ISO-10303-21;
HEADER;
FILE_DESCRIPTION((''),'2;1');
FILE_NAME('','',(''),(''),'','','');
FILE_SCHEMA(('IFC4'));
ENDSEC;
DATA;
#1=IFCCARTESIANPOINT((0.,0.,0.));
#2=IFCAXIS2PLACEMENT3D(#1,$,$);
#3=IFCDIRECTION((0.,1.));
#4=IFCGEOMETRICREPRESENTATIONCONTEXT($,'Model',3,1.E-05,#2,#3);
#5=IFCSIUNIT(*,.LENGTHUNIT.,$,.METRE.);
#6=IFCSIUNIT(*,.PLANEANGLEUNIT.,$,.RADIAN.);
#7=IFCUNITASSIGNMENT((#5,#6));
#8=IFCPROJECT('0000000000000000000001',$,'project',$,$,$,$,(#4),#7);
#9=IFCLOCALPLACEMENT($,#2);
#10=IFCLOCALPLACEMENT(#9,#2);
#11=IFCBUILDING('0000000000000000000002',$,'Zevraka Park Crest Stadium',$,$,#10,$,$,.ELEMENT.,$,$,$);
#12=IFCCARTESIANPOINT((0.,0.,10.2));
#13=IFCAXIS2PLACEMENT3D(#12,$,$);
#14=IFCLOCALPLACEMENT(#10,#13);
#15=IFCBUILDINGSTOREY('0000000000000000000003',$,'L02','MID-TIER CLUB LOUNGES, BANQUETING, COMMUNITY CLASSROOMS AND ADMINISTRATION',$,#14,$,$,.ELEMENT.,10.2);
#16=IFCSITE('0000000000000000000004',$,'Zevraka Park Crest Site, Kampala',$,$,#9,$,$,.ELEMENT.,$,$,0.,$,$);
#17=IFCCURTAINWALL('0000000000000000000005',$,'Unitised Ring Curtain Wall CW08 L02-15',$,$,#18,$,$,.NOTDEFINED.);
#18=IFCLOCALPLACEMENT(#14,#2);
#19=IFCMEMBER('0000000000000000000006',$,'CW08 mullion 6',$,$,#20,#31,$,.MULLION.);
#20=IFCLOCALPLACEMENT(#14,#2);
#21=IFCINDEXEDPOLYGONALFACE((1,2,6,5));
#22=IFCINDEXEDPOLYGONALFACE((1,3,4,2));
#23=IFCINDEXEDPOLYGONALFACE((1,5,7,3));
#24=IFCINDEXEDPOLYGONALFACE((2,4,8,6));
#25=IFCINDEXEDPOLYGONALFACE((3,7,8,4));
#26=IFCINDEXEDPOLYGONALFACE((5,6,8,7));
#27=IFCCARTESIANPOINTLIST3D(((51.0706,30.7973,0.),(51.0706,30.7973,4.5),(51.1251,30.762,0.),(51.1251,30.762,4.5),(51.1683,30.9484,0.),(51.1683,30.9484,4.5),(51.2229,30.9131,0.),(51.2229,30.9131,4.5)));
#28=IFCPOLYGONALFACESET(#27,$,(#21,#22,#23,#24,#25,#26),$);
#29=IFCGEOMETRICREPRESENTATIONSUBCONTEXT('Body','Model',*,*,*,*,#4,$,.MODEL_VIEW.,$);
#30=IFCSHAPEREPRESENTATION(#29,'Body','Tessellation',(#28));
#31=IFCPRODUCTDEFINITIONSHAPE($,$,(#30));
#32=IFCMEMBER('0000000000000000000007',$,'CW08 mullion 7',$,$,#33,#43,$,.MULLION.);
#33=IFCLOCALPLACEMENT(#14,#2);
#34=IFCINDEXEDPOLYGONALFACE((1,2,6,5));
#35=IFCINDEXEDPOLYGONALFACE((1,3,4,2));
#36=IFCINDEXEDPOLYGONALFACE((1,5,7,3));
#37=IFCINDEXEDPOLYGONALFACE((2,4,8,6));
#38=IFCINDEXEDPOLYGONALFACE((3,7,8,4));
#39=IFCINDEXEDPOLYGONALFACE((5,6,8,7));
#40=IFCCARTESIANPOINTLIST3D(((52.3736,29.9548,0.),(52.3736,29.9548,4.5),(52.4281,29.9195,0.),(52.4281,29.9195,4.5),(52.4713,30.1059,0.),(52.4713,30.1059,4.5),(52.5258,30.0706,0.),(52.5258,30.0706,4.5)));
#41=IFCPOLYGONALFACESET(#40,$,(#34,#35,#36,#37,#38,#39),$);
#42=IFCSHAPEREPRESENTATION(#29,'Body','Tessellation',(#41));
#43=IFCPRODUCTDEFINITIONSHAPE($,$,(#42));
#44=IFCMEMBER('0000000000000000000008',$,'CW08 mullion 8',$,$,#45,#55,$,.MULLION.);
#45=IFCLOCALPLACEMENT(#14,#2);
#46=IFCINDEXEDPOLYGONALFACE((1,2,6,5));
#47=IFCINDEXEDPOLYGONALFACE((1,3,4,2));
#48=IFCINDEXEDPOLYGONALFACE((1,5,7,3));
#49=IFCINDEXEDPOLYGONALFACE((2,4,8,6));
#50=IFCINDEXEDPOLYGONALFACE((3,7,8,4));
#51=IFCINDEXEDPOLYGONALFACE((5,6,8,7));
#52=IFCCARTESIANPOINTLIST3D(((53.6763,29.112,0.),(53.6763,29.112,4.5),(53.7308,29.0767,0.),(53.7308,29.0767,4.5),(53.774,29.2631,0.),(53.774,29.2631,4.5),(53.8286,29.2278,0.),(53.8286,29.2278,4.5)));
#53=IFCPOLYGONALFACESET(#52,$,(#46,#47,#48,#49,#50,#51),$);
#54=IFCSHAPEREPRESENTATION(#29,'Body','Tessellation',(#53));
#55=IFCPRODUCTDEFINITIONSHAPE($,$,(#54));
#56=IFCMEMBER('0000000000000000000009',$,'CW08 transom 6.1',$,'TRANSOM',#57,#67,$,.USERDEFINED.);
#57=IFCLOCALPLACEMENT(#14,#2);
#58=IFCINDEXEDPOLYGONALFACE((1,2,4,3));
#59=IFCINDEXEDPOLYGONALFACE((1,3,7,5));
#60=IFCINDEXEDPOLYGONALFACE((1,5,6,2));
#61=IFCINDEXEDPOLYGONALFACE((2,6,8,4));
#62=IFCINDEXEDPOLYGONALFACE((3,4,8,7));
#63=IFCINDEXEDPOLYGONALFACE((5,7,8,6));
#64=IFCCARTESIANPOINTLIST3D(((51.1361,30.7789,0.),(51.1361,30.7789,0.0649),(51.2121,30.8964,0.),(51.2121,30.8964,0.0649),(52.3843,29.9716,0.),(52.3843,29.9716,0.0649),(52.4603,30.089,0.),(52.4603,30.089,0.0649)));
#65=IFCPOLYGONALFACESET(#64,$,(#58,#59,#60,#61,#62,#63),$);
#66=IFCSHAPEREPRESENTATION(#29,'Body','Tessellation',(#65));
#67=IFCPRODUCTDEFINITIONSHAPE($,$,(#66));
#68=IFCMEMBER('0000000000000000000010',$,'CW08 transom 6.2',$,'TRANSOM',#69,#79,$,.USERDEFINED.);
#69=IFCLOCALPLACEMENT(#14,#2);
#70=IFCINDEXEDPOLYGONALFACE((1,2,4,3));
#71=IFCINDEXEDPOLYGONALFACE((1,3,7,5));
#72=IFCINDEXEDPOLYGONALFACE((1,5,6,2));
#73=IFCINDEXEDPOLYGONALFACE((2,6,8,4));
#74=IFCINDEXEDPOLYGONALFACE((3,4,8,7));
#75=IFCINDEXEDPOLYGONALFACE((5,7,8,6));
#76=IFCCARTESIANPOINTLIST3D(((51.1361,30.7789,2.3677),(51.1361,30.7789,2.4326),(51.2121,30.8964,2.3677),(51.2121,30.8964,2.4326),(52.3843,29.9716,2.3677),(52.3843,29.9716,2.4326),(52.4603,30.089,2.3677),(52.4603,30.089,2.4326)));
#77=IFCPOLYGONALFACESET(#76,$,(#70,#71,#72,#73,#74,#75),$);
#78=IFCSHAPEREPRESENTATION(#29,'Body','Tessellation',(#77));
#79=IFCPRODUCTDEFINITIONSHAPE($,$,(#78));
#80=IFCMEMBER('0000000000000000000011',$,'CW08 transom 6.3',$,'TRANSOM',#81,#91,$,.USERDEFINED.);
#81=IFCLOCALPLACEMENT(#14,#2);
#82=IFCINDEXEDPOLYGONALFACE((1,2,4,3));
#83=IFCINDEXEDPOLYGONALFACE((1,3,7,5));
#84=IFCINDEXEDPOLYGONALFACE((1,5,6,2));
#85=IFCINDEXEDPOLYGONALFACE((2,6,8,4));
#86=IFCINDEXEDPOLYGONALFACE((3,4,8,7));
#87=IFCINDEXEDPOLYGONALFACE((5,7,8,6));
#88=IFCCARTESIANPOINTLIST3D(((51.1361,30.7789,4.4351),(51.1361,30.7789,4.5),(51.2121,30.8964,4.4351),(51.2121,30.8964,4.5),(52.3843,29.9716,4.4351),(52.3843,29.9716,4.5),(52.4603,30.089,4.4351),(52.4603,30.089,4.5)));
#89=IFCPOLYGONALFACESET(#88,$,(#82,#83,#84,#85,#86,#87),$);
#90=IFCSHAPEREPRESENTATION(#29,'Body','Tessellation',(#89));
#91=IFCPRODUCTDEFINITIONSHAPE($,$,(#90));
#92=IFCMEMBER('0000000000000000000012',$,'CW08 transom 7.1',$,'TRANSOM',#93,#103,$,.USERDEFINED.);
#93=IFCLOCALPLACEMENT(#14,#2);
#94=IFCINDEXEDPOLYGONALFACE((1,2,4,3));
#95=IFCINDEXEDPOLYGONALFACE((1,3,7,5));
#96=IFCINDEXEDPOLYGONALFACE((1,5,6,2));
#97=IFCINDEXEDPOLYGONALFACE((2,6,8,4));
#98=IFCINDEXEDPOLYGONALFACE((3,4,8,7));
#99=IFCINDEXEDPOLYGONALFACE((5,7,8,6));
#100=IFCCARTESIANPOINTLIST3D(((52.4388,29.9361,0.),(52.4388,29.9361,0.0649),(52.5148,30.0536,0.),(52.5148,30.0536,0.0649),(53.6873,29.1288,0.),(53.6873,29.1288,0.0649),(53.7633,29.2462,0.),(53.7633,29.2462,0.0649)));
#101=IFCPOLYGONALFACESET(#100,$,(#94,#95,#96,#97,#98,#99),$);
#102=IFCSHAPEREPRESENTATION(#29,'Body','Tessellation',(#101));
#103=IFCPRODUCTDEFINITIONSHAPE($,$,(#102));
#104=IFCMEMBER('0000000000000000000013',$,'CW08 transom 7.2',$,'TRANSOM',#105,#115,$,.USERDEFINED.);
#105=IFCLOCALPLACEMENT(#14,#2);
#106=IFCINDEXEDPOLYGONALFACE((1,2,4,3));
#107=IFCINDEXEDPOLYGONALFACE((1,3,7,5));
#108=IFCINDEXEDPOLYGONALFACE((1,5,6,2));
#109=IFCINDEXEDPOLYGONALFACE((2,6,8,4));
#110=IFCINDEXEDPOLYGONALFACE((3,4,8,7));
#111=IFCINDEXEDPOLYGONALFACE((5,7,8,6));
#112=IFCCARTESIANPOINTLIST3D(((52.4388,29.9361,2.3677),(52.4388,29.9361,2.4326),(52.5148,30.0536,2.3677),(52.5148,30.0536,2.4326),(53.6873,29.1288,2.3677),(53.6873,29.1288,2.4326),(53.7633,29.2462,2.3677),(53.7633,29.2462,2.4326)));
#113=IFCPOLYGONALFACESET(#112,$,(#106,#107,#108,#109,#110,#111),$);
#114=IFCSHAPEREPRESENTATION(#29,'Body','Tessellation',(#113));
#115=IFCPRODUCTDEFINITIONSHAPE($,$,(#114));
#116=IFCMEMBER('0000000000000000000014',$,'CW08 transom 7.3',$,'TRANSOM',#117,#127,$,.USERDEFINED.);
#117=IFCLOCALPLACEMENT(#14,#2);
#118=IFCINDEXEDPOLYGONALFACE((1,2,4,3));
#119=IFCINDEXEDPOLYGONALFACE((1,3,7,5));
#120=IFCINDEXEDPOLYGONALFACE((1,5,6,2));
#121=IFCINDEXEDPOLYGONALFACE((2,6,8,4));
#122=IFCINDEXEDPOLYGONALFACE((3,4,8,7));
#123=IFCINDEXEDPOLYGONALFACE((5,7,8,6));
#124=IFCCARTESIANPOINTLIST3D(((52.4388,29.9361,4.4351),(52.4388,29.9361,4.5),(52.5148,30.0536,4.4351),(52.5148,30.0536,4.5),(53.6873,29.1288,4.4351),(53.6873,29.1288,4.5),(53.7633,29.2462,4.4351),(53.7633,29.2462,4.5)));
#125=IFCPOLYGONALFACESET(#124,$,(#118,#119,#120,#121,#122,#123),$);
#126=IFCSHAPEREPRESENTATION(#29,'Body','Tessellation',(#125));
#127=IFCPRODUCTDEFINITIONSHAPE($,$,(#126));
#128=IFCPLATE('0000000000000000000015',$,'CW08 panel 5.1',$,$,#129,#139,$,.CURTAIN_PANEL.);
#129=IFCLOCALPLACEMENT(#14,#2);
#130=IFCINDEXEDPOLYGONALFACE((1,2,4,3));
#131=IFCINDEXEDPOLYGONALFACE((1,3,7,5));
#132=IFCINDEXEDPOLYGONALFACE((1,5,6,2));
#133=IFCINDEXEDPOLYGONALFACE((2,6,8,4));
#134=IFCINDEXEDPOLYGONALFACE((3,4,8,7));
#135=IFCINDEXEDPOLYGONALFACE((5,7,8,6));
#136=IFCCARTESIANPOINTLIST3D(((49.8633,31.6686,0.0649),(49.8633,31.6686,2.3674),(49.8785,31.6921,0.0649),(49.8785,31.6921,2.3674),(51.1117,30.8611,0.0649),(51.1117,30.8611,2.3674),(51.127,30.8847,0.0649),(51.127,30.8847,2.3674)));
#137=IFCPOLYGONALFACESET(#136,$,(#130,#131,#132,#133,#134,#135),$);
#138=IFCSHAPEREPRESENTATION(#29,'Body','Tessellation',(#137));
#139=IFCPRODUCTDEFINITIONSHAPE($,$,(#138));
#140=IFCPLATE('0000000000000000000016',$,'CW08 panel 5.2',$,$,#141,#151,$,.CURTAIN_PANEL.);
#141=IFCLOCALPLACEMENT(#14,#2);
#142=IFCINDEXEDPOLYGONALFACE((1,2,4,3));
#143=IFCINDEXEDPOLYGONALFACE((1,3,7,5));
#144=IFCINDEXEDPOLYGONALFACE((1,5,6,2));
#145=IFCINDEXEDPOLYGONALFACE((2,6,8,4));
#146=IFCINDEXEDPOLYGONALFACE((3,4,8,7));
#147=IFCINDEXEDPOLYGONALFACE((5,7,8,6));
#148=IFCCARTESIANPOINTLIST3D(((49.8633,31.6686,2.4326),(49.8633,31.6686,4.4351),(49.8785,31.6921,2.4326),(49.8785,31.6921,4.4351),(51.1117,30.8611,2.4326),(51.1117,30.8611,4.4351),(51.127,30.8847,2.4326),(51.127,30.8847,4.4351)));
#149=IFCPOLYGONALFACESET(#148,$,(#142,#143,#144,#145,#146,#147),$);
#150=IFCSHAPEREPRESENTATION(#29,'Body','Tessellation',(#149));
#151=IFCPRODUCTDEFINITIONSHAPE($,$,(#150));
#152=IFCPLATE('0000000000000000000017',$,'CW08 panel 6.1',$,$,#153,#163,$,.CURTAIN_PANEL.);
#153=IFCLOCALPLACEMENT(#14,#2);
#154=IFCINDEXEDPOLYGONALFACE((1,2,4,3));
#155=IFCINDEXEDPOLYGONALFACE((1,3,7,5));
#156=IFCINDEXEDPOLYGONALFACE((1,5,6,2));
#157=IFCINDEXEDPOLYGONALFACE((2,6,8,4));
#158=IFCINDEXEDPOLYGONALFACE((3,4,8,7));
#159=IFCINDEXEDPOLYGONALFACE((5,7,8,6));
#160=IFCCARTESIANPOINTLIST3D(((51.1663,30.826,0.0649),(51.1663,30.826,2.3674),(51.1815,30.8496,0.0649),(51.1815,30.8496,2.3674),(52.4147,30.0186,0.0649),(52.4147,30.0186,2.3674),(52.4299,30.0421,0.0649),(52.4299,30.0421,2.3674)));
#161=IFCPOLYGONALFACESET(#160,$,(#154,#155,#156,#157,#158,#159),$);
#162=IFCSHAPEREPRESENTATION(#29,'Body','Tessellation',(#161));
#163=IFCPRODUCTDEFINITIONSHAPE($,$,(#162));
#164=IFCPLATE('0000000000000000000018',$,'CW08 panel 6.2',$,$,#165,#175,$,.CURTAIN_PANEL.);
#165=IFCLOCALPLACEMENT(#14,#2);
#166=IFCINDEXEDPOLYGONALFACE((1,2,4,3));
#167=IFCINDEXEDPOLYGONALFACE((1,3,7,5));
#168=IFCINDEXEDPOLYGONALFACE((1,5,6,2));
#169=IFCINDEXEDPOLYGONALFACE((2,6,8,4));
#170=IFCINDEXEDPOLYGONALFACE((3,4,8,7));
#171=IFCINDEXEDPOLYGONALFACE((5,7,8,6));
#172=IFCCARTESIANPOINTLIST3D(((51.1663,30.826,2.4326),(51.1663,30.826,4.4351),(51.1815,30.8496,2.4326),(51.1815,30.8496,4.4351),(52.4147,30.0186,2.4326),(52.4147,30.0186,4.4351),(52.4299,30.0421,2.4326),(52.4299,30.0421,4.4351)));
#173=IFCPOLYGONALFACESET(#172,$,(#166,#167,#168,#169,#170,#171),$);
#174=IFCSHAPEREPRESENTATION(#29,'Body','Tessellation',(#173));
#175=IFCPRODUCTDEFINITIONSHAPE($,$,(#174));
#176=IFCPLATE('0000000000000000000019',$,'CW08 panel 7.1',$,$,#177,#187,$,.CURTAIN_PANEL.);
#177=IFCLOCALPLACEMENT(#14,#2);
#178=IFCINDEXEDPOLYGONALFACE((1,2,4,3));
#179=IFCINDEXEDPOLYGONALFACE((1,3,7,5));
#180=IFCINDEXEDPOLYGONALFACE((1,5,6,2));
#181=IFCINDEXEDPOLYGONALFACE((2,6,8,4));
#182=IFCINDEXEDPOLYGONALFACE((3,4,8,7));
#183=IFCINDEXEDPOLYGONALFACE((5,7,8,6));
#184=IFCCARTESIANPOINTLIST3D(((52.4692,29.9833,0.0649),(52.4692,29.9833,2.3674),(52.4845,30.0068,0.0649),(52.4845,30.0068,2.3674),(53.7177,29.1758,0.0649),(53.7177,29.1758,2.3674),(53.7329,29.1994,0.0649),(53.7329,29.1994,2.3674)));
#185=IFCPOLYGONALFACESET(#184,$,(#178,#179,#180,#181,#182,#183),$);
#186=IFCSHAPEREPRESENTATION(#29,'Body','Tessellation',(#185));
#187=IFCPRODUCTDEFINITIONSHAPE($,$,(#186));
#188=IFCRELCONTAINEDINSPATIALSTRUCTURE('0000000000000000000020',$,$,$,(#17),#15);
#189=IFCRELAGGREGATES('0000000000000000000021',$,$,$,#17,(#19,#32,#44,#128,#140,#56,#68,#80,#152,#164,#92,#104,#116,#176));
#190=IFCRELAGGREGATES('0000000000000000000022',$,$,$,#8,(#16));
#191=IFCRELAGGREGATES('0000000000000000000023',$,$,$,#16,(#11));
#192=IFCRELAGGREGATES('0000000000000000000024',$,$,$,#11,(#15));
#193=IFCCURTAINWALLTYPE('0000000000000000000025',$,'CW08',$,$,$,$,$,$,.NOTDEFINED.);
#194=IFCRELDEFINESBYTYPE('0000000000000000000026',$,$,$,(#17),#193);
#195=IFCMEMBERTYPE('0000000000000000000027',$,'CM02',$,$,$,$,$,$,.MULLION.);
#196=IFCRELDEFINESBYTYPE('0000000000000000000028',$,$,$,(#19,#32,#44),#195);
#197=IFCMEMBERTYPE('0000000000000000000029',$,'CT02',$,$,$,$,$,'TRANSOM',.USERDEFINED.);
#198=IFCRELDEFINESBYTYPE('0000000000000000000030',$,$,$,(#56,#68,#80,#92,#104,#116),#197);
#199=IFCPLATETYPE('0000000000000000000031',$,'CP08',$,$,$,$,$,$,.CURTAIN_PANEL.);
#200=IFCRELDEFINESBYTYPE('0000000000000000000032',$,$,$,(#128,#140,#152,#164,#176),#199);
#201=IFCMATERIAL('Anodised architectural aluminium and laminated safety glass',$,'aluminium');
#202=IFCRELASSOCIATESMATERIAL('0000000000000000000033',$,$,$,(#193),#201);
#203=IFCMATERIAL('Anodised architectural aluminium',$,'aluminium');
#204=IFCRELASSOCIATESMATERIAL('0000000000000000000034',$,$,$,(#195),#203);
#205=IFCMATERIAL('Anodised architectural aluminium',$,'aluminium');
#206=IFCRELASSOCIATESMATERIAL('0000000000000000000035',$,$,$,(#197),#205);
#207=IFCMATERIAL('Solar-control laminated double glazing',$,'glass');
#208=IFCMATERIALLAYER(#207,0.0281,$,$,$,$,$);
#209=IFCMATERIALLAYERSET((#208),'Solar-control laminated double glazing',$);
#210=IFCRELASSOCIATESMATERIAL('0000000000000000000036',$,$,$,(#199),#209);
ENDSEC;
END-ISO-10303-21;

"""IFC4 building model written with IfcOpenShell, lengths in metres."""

from ifc_helpers import new_model, si_unit, direction, frame, origin, origin_2d, place, context, subcontext, project, spatial, rectangle, extrude, material, layer, layer_set, material_profile, profile_set, type_object, element, aggregate, save


model = new_model("IFC4")

# Units and contexts
model_context = context("Model", 3, precision=1e-05, world=origin(), true_north=direction((0.0, 1.0)))
body_context = subcontext(model_context, "Body", "Model", "MODEL_VIEW")
ifc_project = project(units=[si_unit("LENGTHUNIT", "METRE"), si_unit("PLANEANGLEUNIT", "RADIAN")], contexts=[model_context])

# Site, building, storey
site_placement = place(None, origin())
site = spatial("IfcSite", under=ifc_project, at=site_placement, Name="Zevraka Park Crest Site, Kampala", CompositionType="ELEMENT", RefElevation=0.0)
building_placement = place(site_placement, origin())
building = spatial("IfcBuilding", under=site, at=building_placement, Name="Zevraka Park Crest Stadium", CompositionType="ELEMENT")
storey_placement = place(building_placement, frame((0.0, 0.0, 10.2)))
storey = spatial("IfcBuildingStorey", under=building, at=storey_placement, Name="L02", Description="MID-TIER CLUB LOUNGES, BANQUETING, COMMUNITY CLASSROOMS AND ADMINISTRATION", CompositionType="ELEMENT", Elevation=10.2)

# Curtain wall, members, plates
ifc_material_1 = material(Name="Anodised architectural aluminium and laminated safety glass", Category="aluminium")
curtain_wall_type = type_object("IfcCurtainWallType", Name="CW08", PredefinedType="NOTDEFINED", material=ifc_material_1)
curtain_wall_placement = place(storey_placement, origin())
curtain_wall = element("IfcCurtainWall", 1, at=curtain_wall_placement, inside=storey, type_object=curtain_wall_type, Name="Unitised Ring Curtain Wall CW08 L02-15", PredefinedType="NOTDEFINED")
ifc_material_2 = material(Name="Anodised architectural aluminium", Category="aluminium")
ifc_material_profile_1 = material_profile(ifc_material_2, rectangle(XDim=0.1799, YDim=0.0649, at=origin_2d()), Name="ALU MULLION 180x65")
ifc_profile_set_1 = profile_set([ifc_material_profile_1], Name="Anodised architectural aluminium")
member_type_1 = type_object("IfcMemberType", Name="CM02", PredefinedType="MULLION", material=ifc_profile_set_1)
member_1_placement = place(storey_placement, frame((51.1467, 30.8552, 0.0), z_axis=(0.0, 0.0, 1.0), x_axis=(0.543096, 0.83967, 0.0)))
member_1 = element("IfcMember", 2, at=member_1_placement, type_object=member_type_1, Name="CW08 mullion 6", PredefinedType="MULLION", context=body_context, shape_type="SweptSolid", body=[
    extrude(rectangle(XDim=0.1799, YDim=0.0649, at=origin_2d()), origin(), (0.0, 0.0, 1.0), 4.5),
])
member_2_placement = place(storey_placement, frame((52.4497, 30.0127, 0.0), z_axis=(0.0, 0.0, 1.0), x_axis=(0.543096, 0.83967, 0.0)))
member_2 = element("IfcMember", 3, at=member_2_placement, type_object=member_type_1, Name="CW08 mullion 7", PredefinedType="MULLION", context=body_context, shape_type="SweptSolid", body=[
    extrude(rectangle(XDim=0.1799, YDim=0.0649, at=origin_2d()), origin(), (0.0, 0.0, 1.0), 4.5),
])
member_3_placement = place(storey_placement, frame((53.7524, 29.1699, 0.0), z_axis=(0.0, 0.0, 1.0), x_axis=(0.543096, 0.83967, 0.0)))
member_3 = element("IfcMember", 4, at=member_3_placement, type_object=member_type_1, Name="CW08 mullion 8", PredefinedType="MULLION", context=body_context, shape_type="SweptSolid", body=[
    extrude(rectangle(XDim=0.1799, YDim=0.0649, at=origin_2d()), origin(), (0.0, 0.0, 1.0), 4.5),
])
ifc_material_3 = material(Name="Anodised architectural aluminium", Category="aluminium")
ifc_material_profile_2 = material_profile(ifc_material_3, rectangle(XDim=0.1399, YDim=0.0649, at=origin_2d()), Name="ALU TRANSOM 140x65")
ifc_profile_set_2 = profile_set([ifc_material_profile_2], Name="Anodised architectural aluminium")
member_type_2 = type_object("IfcMemberType", Name="CT02", ElementType="TRANSOM", PredefinedType="USERDEFINED", material=ifc_profile_set_2)
member_4_placement = place(storey_placement, frame((51.1741, 30.8376, 0.0325), z_axis=(0.839676, -0.543088, 0.0), x_axis=(0.543088, 0.839676, 0.0)))
member_4 = element("IfcMember", 5, at=member_4_placement, type_object=member_type_2, Name="CW08 transom 6.1", ObjectType="TRANSOM", PredefinedType="USERDEFINED", context=body_context, shape_type="SweptSolid", body=[
    extrude(rectangle(XDim=0.1399, YDim=0.0649, at=origin_2d()), origin(), (0.0, 0.0, 1.0), 1.4866),
])
member_5_placement = place(storey_placement, frame((51.1741, 30.8376, 2.4001), z_axis=(0.839676, -0.543088, 0.0), x_axis=(0.543088, 0.839676, 0.0)))
member_5 = element("IfcMember", 6, at=member_5_placement, type_object=member_type_2, Name="CW08 transom 6.2", ObjectType="TRANSOM", PredefinedType="USERDEFINED", context=body_context, shape_type="SweptSolid", body=[
    extrude(rectangle(XDim=0.1399, YDim=0.0649, at=origin_2d()), origin(), (0.0, 0.0, 1.0), 1.4866),
])
member_6_placement = place(storey_placement, frame((51.1741, 30.8376, 4.4675), z_axis=(0.839676, -0.543088, 0.0), x_axis=(0.543088, 0.839676, 0.0)))
member_6 = element("IfcMember", 7, at=member_6_placement, type_object=member_type_2, Name="CW08 transom 6.3", ObjectType="TRANSOM", PredefinedType="USERDEFINED", context=body_context, shape_type="SweptSolid", body=[
    extrude(rectangle(XDim=0.1399, YDim=0.0649, at=origin_2d()), origin(), (0.0, 0.0, 1.0), 1.4866),
])
member_7_placement = place(storey_placement, frame((52.4768, 29.9949, 0.0325), z_axis=(0.839724, -0.543013, 0.0), x_axis=(0.543013, 0.839724, 0.0)))
member_7 = element("IfcMember", 8, at=member_7_placement, type_object=member_type_2, Name="CW08 transom 7.1", ObjectType="TRANSOM", PredefinedType="USERDEFINED", context=body_context, shape_type="SweptSolid", body=[
    extrude(rectangle(XDim=0.1399, YDim=0.0649, at=origin_2d()), origin(), (0.0, 0.0, 1.0), 1.4868),
])
member_8_placement = place(storey_placement, frame((52.4768, 29.9949, 2.4001), z_axis=(0.839724, -0.543013, 0.0), x_axis=(0.543013, 0.839724, 0.0)))
member_8 = element("IfcMember", 9, at=member_8_placement, type_object=member_type_2, Name="CW08 transom 7.2", ObjectType="TRANSOM", PredefinedType="USERDEFINED", context=body_context, shape_type="SweptSolid", body=[
    extrude(rectangle(XDim=0.1399, YDim=0.0649, at=origin_2d()), origin(), (0.0, 0.0, 1.0), 1.4868),
])
member_9_placement = place(storey_placement, frame((52.4768, 29.9949, 4.4675), z_axis=(0.839724, -0.543013, 0.0), x_axis=(0.543013, 0.839724, 0.0)))
member_9 = element("IfcMember", 10, at=member_9_placement, type_object=member_type_2, Name="CW08 transom 7.3", ObjectType="TRANSOM", PredefinedType="USERDEFINED", context=body_context, shape_type="SweptSolid", body=[
    extrude(rectangle(XDim=0.1399, YDim=0.0649, at=origin_2d()), origin(), (0.0, 0.0, 1.0), 1.4868),
])
ifc_material_4 = material(Name="Solar-control laminated double glazing", Category="glass")
ifc_layer_1 = layer(ifc_material_4, 0.0281)
ifc_layer_set_1 = layer_set([ifc_layer_1], Name="Solar-control laminated double glazing")
plate_type = type_object("IfcPlateType", Name="CP08", PredefinedType="CURTAIN_PANEL", material=ifc_layer_set_1)
plate_1_placement = place(storey_placement, frame((50.4951, 31.2766, 0.0649), z_axis=(0.0, 0.0, 1.0), x_axis=(0.83967, -0.543096, 0.0)))
plate_1 = element("IfcPlate", 11, at=plate_1_placement, type_object=plate_type, Name="CW08 panel 5.1", PredefinedType="CURTAIN_PANEL", context=body_context, shape_type="SweptSolid", body=[
    extrude(rectangle(XDim=1.4868, YDim=0.0281, at=origin_2d()), origin(), (0.0, 0.0, 1.0), 2.3025),
])
plate_2_placement = place(storey_placement, frame((50.4951, 31.2766, 2.4326), z_axis=(0.0, 0.0, 1.0), x_axis=(0.83967, -0.543096, 0.0)))
plate_2 = element("IfcPlate", 12, at=plate_2_placement, type_object=plate_type, Name="CW08 panel 5.2", PredefinedType="CURTAIN_PANEL", context=body_context, shape_type="SweptSolid", body=[
    extrude(rectangle(XDim=1.4868, YDim=0.0281, at=origin_2d()), origin(), (0.0, 0.0, 1.0), 2.0024),
])
plate_3_placement = place(storey_placement, frame((51.7981, 30.4341, 0.0649), z_axis=(0.0, 0.0, 1.0), x_axis=(0.83967, -0.543096, 0.0)))
plate_3 = element("IfcPlate", 13, at=plate_3_placement, type_object=plate_type, Name="CW08 panel 6.1", PredefinedType="CURTAIN_PANEL", context=body_context, shape_type="SweptSolid", body=[
    extrude(rectangle(XDim=1.4868, YDim=0.0281, at=origin_2d()), origin(), (0.0, 0.0, 1.0), 2.3025),
])
plate_4_placement = place(storey_placement, frame((51.7981, 30.4341, 2.4326), z_axis=(0.0, 0.0, 1.0), x_axis=(0.83967, -0.543096, 0.0)))
plate_4 = element("IfcPlate", 14, at=plate_4_placement, type_object=plate_type, Name="CW08 panel 6.2", PredefinedType="CURTAIN_PANEL", context=body_context, shape_type="SweptSolid", body=[
    extrude(rectangle(XDim=1.4868, YDim=0.0281, at=origin_2d()), origin(), (0.0, 0.0, 1.0), 2.0024),
])
plate_5_placement = place(storey_placement, frame((53.1011, 29.5913, 0.0649), z_axis=(0.0, 0.0, 1.0), x_axis=(0.83967, -0.543096, 0.0)))
plate_5 = element("IfcPlate", 15, at=plate_5_placement, type_object=plate_type, Name="CW08 panel 7.1", PredefinedType="CURTAIN_PANEL", context=body_context, shape_type="SweptSolid", body=[
    extrude(rectangle(XDim=1.4868, YDim=0.0281, at=origin_2d()), origin(), (0.0, 0.0, 1.0), 2.3025),
])
aggregate(curtain_wall, [member_1, member_2, member_3, plate_1, plate_2, member_4, member_5, member_6, plate_3, plate_4, member_7, member_8, member_9, plate_5])

save(model, "model.ifc")
